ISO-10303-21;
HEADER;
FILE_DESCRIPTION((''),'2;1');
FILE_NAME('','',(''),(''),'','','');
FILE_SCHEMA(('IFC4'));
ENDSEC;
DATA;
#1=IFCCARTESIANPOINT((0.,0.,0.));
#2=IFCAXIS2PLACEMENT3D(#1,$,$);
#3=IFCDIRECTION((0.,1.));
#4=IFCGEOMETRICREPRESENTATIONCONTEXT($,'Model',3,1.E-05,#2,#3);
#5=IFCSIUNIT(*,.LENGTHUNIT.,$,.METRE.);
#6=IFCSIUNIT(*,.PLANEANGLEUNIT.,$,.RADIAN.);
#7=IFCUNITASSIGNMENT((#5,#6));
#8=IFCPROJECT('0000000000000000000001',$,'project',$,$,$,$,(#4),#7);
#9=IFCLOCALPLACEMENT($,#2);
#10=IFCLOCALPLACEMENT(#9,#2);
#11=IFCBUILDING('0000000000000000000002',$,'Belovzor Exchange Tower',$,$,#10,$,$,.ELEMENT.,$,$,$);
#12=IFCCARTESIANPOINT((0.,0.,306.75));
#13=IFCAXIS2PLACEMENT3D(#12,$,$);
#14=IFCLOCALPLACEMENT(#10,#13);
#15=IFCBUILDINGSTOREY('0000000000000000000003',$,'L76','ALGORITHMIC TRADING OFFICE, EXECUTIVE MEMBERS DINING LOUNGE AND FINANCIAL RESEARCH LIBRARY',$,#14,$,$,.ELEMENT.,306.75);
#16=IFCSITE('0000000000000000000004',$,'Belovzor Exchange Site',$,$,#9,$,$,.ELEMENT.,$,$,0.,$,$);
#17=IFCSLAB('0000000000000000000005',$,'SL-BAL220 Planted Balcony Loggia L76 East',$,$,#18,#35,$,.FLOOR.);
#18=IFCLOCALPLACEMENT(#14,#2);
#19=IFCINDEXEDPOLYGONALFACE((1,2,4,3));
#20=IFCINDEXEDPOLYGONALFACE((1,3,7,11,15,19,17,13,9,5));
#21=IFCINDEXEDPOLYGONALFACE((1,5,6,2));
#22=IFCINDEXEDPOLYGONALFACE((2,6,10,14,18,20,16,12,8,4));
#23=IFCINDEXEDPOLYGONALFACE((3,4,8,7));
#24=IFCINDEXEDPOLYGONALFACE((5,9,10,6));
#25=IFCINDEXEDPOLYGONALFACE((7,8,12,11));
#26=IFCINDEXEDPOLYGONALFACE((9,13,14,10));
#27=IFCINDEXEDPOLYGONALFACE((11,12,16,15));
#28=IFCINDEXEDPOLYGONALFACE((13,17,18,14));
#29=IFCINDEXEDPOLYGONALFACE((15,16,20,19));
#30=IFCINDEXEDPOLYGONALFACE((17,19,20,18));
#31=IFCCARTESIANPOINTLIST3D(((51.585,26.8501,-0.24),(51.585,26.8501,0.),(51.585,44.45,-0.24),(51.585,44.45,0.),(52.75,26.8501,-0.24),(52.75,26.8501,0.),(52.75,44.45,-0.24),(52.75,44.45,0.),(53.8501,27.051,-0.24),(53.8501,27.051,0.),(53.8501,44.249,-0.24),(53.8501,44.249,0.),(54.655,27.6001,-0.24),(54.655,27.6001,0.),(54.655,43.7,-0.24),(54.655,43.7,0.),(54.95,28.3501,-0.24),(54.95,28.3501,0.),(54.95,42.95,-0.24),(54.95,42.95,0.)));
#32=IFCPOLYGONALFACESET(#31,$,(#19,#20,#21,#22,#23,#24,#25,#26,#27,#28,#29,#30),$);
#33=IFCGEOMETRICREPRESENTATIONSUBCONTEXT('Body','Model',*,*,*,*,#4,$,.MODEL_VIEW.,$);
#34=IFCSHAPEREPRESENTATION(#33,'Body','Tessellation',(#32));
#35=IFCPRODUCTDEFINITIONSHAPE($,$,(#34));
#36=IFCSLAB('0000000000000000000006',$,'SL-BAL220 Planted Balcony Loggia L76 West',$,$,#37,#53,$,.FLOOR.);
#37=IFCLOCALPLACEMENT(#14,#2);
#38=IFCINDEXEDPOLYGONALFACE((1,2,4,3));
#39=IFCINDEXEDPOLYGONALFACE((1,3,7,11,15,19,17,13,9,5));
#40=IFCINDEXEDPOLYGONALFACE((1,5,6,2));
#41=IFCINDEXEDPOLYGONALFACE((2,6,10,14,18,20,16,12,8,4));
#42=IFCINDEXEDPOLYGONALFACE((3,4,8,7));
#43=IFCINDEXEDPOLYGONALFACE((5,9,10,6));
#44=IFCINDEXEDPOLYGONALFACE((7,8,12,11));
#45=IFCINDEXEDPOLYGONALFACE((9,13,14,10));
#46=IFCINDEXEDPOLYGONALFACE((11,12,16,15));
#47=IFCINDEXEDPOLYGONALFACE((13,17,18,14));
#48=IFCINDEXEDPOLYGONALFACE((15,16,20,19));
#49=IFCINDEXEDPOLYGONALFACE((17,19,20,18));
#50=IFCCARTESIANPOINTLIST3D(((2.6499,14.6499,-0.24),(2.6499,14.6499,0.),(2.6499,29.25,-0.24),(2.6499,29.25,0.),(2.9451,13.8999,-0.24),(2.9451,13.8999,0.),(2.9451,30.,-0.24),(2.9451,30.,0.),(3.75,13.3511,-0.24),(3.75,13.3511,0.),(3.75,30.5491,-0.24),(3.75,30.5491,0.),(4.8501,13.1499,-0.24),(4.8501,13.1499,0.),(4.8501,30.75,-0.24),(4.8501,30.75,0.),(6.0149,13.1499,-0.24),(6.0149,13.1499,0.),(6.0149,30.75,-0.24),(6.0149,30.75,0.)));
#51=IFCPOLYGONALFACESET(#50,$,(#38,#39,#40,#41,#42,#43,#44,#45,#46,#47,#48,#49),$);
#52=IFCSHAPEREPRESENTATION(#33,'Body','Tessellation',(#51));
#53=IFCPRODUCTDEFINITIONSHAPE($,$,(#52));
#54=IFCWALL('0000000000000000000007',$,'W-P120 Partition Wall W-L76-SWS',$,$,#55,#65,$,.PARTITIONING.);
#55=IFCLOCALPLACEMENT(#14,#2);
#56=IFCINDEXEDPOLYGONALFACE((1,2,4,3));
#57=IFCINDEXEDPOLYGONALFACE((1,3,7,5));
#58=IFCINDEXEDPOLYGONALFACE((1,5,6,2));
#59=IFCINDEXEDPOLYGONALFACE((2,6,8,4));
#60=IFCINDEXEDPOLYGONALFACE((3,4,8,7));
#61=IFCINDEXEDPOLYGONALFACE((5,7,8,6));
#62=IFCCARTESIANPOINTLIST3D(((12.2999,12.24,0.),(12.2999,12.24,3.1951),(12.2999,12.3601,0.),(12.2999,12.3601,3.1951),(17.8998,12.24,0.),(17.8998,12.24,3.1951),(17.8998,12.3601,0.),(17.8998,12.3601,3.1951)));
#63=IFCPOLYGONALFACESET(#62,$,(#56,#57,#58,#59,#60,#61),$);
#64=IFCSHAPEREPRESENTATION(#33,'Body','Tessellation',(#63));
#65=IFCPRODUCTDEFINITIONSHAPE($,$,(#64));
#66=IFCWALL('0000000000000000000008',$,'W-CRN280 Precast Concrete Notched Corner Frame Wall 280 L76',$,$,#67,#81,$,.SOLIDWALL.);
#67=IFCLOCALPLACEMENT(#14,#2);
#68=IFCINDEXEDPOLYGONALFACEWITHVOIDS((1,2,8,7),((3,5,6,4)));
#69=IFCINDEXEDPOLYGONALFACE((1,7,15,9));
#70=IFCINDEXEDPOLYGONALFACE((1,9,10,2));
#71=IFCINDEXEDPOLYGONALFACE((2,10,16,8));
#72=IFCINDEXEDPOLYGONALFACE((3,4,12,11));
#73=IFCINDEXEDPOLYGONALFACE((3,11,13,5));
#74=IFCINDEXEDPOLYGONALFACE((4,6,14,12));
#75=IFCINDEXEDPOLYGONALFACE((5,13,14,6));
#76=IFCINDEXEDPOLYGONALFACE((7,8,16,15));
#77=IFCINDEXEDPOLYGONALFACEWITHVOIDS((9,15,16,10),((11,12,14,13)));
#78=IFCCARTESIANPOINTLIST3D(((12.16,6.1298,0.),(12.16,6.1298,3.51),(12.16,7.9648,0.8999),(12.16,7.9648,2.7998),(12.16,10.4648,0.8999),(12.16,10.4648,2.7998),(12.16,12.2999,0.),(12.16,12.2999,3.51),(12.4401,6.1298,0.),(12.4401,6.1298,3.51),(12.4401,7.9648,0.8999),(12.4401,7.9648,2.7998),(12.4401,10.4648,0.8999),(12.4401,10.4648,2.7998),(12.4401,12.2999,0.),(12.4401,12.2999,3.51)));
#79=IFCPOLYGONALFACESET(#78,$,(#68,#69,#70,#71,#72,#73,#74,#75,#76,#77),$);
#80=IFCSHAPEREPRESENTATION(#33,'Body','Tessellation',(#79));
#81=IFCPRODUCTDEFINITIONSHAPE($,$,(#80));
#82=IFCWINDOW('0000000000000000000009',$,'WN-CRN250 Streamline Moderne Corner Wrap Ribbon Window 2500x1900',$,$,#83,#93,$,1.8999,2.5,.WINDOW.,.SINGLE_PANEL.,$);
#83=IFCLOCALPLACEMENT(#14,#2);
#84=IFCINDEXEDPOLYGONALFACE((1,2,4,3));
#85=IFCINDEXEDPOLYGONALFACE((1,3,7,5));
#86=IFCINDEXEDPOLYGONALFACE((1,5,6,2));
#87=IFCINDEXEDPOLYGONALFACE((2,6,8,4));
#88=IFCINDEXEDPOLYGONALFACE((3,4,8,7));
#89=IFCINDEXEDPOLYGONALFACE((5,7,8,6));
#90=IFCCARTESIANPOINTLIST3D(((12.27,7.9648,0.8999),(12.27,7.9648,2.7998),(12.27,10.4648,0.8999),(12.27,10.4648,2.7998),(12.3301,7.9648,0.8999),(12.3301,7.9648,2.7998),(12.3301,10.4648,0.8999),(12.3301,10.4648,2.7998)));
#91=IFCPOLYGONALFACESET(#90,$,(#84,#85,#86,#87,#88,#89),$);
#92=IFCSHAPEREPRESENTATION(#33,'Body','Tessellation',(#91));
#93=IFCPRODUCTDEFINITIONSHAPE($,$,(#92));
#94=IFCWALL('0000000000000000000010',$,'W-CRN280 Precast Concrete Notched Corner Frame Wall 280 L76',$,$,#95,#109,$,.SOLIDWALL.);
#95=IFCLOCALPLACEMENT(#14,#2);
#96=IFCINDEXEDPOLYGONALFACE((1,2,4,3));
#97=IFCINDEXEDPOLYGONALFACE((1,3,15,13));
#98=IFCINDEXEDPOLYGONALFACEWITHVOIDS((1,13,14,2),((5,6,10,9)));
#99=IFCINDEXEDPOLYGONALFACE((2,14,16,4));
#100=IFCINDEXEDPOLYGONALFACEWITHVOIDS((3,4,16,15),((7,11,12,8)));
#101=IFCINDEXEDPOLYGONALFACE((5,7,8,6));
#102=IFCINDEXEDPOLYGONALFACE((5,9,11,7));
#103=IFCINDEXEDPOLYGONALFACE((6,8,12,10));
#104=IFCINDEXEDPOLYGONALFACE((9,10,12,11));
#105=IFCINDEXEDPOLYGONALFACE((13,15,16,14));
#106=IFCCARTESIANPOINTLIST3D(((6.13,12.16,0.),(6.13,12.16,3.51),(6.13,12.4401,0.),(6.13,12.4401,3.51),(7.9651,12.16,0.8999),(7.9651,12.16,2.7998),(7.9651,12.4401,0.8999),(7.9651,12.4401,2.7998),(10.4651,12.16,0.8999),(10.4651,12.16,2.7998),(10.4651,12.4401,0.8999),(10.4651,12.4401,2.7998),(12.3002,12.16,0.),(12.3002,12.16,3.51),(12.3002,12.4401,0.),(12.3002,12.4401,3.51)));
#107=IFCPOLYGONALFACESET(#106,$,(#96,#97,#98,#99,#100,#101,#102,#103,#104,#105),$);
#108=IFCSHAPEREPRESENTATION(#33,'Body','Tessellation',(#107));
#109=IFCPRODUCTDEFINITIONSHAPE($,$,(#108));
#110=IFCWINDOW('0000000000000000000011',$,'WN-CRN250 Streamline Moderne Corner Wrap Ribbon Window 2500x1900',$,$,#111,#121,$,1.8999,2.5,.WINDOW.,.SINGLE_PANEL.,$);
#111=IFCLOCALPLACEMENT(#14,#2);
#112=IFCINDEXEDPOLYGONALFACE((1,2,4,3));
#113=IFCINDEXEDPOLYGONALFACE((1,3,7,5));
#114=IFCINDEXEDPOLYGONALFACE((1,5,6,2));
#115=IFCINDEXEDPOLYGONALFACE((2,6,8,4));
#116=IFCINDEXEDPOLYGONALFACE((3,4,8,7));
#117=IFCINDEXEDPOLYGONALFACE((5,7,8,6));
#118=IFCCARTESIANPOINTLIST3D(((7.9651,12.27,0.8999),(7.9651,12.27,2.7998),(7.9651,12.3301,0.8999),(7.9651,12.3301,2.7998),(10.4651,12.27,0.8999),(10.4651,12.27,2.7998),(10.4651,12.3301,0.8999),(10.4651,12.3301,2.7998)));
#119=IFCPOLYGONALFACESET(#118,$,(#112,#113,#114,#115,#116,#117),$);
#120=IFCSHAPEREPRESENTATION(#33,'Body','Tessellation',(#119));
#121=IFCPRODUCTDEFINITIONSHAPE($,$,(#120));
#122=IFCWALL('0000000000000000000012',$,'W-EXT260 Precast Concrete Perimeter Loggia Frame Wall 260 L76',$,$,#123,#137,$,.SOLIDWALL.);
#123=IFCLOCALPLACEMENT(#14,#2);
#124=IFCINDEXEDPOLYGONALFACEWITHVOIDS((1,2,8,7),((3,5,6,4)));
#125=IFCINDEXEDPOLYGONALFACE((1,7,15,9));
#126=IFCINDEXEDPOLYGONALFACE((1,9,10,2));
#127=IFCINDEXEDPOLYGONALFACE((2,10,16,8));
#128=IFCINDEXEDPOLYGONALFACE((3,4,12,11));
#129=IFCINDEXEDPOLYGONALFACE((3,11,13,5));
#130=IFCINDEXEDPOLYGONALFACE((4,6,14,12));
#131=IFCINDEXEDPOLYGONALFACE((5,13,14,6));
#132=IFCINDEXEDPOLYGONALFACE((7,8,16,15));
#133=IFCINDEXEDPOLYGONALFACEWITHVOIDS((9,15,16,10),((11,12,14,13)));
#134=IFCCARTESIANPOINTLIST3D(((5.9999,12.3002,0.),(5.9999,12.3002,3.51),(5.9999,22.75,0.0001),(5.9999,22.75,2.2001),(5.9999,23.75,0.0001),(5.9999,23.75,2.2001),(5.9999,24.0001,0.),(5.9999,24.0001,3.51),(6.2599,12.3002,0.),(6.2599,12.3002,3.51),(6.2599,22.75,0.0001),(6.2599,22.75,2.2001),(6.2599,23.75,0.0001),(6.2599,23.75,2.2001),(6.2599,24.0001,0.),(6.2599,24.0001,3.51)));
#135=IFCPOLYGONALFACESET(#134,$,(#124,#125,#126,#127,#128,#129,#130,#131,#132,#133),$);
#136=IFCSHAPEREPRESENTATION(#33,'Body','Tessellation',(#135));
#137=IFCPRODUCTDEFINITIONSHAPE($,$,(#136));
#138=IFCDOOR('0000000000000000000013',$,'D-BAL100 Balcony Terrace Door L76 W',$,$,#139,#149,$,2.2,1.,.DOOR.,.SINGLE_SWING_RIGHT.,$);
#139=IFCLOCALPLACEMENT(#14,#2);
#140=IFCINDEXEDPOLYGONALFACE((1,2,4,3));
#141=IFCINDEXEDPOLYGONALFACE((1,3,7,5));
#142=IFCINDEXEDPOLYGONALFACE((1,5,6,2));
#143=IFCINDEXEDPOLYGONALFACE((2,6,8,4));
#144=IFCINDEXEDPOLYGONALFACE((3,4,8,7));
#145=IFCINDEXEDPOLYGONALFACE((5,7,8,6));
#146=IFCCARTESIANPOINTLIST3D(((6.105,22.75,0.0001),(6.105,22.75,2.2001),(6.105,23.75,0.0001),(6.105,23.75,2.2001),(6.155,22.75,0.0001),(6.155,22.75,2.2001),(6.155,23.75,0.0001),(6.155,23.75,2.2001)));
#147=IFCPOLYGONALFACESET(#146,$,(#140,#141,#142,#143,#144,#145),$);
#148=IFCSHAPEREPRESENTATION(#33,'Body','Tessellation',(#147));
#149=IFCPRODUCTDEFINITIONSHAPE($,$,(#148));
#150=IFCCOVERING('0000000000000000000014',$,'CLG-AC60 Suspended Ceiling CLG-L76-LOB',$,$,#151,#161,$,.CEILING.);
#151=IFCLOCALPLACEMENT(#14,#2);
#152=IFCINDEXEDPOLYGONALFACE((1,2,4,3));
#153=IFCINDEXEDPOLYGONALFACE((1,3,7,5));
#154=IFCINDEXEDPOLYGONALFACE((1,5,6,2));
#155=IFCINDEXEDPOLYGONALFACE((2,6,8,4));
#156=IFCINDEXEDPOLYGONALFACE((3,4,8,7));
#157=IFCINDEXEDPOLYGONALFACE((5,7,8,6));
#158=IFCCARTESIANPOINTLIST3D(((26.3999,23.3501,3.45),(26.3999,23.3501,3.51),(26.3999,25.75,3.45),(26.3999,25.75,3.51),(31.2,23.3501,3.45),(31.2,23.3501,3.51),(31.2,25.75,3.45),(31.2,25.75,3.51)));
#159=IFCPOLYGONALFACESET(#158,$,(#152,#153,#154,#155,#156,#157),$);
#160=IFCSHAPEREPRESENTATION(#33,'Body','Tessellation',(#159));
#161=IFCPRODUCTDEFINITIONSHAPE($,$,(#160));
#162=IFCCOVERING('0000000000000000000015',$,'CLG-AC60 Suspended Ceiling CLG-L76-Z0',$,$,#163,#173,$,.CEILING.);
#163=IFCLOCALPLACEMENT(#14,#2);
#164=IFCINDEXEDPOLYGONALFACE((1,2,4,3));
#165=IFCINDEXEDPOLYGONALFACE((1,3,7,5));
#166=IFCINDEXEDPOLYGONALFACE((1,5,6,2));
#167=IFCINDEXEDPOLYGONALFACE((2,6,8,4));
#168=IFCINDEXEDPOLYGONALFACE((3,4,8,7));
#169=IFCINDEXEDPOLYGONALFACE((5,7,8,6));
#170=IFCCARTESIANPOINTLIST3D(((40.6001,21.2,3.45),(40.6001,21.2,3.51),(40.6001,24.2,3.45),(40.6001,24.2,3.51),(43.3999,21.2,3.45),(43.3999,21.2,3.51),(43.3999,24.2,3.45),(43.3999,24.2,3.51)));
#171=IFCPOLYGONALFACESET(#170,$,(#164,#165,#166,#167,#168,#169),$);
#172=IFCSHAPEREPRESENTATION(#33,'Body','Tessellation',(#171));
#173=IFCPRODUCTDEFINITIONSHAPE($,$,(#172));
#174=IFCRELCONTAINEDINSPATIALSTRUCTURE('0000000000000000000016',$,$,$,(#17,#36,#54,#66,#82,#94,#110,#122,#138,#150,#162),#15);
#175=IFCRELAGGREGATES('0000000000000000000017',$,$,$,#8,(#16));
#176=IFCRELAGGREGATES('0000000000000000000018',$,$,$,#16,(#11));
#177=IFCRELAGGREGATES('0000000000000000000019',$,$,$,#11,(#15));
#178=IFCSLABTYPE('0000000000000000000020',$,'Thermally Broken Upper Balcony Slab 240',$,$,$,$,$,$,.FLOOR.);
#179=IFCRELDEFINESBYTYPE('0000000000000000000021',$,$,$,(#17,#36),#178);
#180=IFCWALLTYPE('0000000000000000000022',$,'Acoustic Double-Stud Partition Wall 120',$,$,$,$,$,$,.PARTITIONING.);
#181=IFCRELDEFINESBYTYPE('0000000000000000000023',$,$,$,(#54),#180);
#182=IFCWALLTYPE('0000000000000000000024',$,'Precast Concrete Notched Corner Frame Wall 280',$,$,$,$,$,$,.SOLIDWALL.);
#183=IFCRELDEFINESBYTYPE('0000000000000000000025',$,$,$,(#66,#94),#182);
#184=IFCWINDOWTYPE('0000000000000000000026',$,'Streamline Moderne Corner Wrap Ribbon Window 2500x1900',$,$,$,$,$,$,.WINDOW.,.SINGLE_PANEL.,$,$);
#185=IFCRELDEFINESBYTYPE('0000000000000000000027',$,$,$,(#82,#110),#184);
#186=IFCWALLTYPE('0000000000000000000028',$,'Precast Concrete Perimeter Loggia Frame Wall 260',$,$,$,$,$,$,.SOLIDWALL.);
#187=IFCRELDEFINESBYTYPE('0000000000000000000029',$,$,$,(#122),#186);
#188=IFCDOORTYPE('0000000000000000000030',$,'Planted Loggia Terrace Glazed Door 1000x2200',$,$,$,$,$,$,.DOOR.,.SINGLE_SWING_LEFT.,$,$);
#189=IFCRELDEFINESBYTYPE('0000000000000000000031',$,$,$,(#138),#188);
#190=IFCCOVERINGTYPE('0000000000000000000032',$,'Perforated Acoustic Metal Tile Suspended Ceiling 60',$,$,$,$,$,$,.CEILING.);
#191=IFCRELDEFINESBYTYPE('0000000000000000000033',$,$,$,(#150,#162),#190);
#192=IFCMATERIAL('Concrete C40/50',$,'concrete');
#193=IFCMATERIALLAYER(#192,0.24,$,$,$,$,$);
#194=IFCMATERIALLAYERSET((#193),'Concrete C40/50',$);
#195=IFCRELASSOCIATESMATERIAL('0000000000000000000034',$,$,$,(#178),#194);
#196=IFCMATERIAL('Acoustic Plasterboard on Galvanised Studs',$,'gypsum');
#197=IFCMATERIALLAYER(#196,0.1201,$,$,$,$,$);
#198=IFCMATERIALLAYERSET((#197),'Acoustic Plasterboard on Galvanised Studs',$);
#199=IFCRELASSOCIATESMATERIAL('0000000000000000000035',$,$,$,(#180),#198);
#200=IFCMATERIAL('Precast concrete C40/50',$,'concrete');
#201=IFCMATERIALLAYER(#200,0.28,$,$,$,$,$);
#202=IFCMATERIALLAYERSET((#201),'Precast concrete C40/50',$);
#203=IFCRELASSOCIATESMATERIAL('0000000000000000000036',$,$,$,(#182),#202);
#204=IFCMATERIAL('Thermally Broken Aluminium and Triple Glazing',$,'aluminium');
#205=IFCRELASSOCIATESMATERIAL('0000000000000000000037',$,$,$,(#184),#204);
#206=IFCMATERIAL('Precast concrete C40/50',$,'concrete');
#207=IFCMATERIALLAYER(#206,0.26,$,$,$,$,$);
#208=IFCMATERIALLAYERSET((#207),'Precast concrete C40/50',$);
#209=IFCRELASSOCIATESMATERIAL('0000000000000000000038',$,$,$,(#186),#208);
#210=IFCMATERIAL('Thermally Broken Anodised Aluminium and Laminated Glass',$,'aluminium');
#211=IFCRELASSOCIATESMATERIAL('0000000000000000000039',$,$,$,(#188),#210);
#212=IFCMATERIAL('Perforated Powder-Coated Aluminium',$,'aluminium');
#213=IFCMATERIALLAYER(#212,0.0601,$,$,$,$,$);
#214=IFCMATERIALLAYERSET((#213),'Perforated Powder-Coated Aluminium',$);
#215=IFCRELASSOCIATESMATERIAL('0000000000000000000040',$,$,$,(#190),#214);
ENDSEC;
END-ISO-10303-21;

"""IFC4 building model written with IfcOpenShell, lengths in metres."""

from ifc_helpers import new_model, si_unit, direction, frame, frame_2d, origin, place, context, subcontext, project, spatial, polyline, rectangle, outline, extrude, material, layer, layer_set, type_object, element, fill, save


model = new_model("IFC4")

# Units and contexts
model_context = context("Model", 3, precision=1e-05, world=origin(), true_north=direction((0.0, 1.0)))
body_context = subcontext(model_context, "Body", "Model", "MODEL_VIEW")
ifc_project = project(units=[si_unit("LENGTHUNIT", "METRE"), si_unit("PLANEANGLEUNIT", "RADIAN")], contexts=[model_context])

# Site, building, storey
site_placement = place(None, origin())
site = spatial("IfcSite", under=ifc_project, at=site_placement, Name="Belovzor Exchange Site", CompositionType="ELEMENT", RefElevation=0.0)
building_placement = place(site_placement, origin())
building = spatial("IfcBuilding", under=site, at=building_placement, Name="Belovzor Exchange Tower", CompositionType="ELEMENT")
storey_placement = place(building_placement, frame((0.0, 0.0, 306.75)))
storey = spatial("IfcBuildingStorey", under=building, at=storey_placement, Name="L76", Description="ALGORITHMIC TRADING OFFICE, EXECUTIVE MEMBERS DINING LOUNGE AND FINANCIAL RESEARCH LIBRARY", CompositionType="ELEMENT", Elevation=306.75)

# Slabs
ifc_material_1 = material(Name="Concrete C40/50", Category="concrete")
ifc_layer_1 = layer(ifc_material_1, 0.24)
ifc_layer_set_1 = layer_set([ifc_layer_1], Name="Concrete C40/50")
slab_type_1 = type_object("IfcSlabType", Name="Thermally Broken Upper Balcony Slab 240", PredefinedType="FLOOR", material=ifc_layer_set_1)
slab_1_placement = place(storey_placement, frame((0.0, 0.0, -0.24)))
element("IfcSlab", 1, at=slab_1_placement, inside=storey, type_object=slab_type_1, Name="SL-BAL220 Planted Balcony Loggia L76 East", PredefinedType="FLOOR", context=body_context, shape_type="SweptSolid", body=[
    extrude(outline(polyline([(51.585, 26.8501), (52.75, 26.8501), (53.8501, 27.051), (54.655, 27.6001), (54.95, 28.3501), (54.95, 42.95), (54.655, 43.7), (53.8501, 44.249), (52.75, 44.45), (51.585, 44.45), (51.585, 26.8501)])), origin(), (0.0, 0.0, 1.0), 0.24),
])
slab_2_placement = place(storey_placement, frame((0.0, 0.0, -0.24)))
element("IfcSlab", 2, at=slab_2_placement, inside=storey, type_object=slab_type_1, Name="SL-BAL220 Planted Balcony Loggia L76 West", PredefinedType="FLOOR", context=body_context, shape_type="SweptSolid", body=[
    extrude(outline(polyline([(6.0149, 30.75), (4.8501, 30.75), (3.75, 30.5491), (2.9451, 30.0), (2.6499, 29.25), (2.6499, 14.6499), (2.9451, 13.8999), (3.75, 13.3511), (4.8501, 13.1499), (6.0149, 13.1499), (6.0149, 30.75)])), origin(), (0.0, 0.0, 1.0), 0.24),
])

# Wall
ifc_material_2 = material(Name="Acoustic Plasterboard on Galvanised Studs", Category="gypsum")
ifc_layer_2 = layer(ifc_material_2, 0.1201)
ifc_layer_set_2 = layer_set([ifc_layer_2], Name="Acoustic Plasterboard on Galvanised Studs")
wall_type_1 = type_object("IfcWallType", Name="Acoustic Double-Stud Partition Wall 120", PredefinedType="PARTITIONING", material=ifc_layer_set_2)
wall_1_placement = place(storey_placement, frame((12.3, 12.3, 0.0), z_axis=(0.0, 0.0, 1.0), x_axis=(1.0, 0.0, 0.0)))
element("IfcWall", 3, at=wall_1_placement, inside=storey, type_object=wall_type_1, Name="W-P120 Partition Wall W-L76-SWS", PredefinedType="PARTITIONING", context=body_context, shape_type="SweptSolid", body=[
    extrude(rectangle(XDim=5.5999, YDim=0.1201, at=frame_2d((2.7998, 0.0))), origin(), (0.0, 0.0, 1.0), 3.1951),
])

# Walls, openings, windows
ifc_material_3 = material(Name="Precast concrete C40/50", Category="concrete")
ifc_layer_3 = layer(ifc_material_3, 0.28)
ifc_layer_set_3 = layer_set([ifc_layer_3], Name="Precast concrete C40/50")
wall_type_2 = type_object("IfcWallType", Name="Precast Concrete Notched Corner Frame Wall 280", PredefinedType="SOLIDWALL", material=ifc_layer_set_3)
wall_2_placement = place(storey_placement, frame((12.3, 6.1299, 0.0), z_axis=(0.0, 0.0, 1.0), x_axis=(0.0, 1.0, 0.0)))
wall_2 = element("IfcWall", 4, at=wall_2_placement, inside=storey, type_object=wall_type_2, Name="W-CRN280 Precast Concrete Notched Corner Frame Wall 280 L76", PredefinedType="SOLIDWALL", context=body_context, shape_type="SweptSolid", body=[
    extrude(rectangle(XDim=6.1702, YDim=0.28, at=frame_2d((3.085, 0.0))), origin(), (0.0, 0.0, 1.0), 3.51),
])
opening_1_placement = place(wall_2_placement, frame((1.835, 0.0, 0.8999)))
opening_1 = element("IfcOpeningElement", 5, at=opening_1_placement, cuts=wall_2, PredefinedType="OPENING", context=body_context, shape_type="SweptSolid", body=[
    extrude(rectangle(XDim=2.5, YDim=1.8999, at=frame_2d((1.25, 0.95))), frame((0.0, 0.1499, 0.0), z_axis=(0.0, -1.0, 0.0), x_axis=(1.0, 0.0, 0.0)), (0.0, 0.0, 1.0), 0.3),
])
ifc_material_4 = material(Name="Thermally Broken Aluminium and Triple Glazing", Category="aluminium")
window_type = type_object("IfcWindowType", Name="Streamline Moderne Corner Wrap Ribbon Window 2500x1900", PartitioningType="SINGLE_PANEL", PredefinedType="WINDOW", material=ifc_material_4)
window_1_placement = place(opening_1_placement, origin())
window_1 = element("IfcWindow", 6, at=window_1_placement, inside=storey, type_object=window_type, Name="WN-CRN250 Streamline Moderne Corner Wrap Ribbon Window 2500x1900", OverallHeight=1.8999, OverallWidth=2.5, PartitioningType="SINGLE_PANEL", PredefinedType="WINDOW", context=body_context, shape_type="SweptSolid", body=[
    extrude(rectangle(XDim=2.5, YDim=1.8999, at=frame_2d((1.25, 0.95))), frame((0.0, 0.03, 0.0), z_axis=(0.0, -1.0, 0.0), x_axis=(1.0, 0.0, 0.0)), (0.0, 0.0, 1.0), 0.0601),
])
fill(opening_1, window_1)
wall_3_placement = place(storey_placement, frame((12.3, 12.3, 0.0), z_axis=(0.0, 0.0, 1.0), x_axis=(-1.0, 0.0, 0.0)))
wall_3 = element("IfcWall", 7, at=wall_3_placement, inside=storey, type_object=wall_type_2, Name="W-CRN280 Precast Concrete Notched Corner Frame Wall 280 L76", PredefinedType="SOLIDWALL", context=body_context, shape_type="SweptSolid", body=[
    extrude(rectangle(XDim=6.1702, YDim=0.28, at=frame_2d((3.085, 0.0))), origin(), (0.0, 0.0, 1.0), 3.51),
])
opening_2_placement = place(wall_3_placement, frame((1.835, 0.0, 0.8999)))
opening_2 = element("IfcOpeningElement", 8, at=opening_2_placement, cuts=wall_3, PredefinedType="OPENING", context=body_context, shape_type="SweptSolid", body=[
    extrude(rectangle(XDim=2.5, YDim=1.8999, at=frame_2d((1.25, 0.95))), frame((0.0, 0.1499, 0.0), z_axis=(0.0, -1.0, 0.0), x_axis=(1.0, 0.0, 0.0)), (0.0, 0.0, 1.0), 0.3),
])
window_2_placement = place(opening_2_placement, origin())
window_2 = element("IfcWindow", 9, at=window_2_placement, inside=storey, type_object=window_type, Name="WN-CRN250 Streamline Moderne Corner Wrap Ribbon Window 2500x1900", OverallHeight=1.8999, OverallWidth=2.5, PartitioningType="SINGLE_PANEL", PredefinedType="WINDOW", context=body_context, shape_type="SweptSolid", body=[
    extrude(rectangle(XDim=2.5, YDim=1.8999, at=frame_2d((1.25, 0.95))), frame((0.0, 0.03, 0.0), z_axis=(0.0, -1.0, 0.0), x_axis=(1.0, 0.0, 0.0)), (0.0, 0.0, 1.0), 0.0601),
])
fill(opening_2, window_2)

# Wall, opening, door
ifc_material_5 = material(Name="Precast concrete C40/50", Category="concrete")
ifc_layer_4 = layer(ifc_material_5, 0.26)
ifc_layer_set_4 = layer_set([ifc_layer_4], Name="Precast concrete C40/50")
wall_type_3 = type_object("IfcWallType", Name="Precast Concrete Perimeter Loggia Frame Wall 260", PredefinedType="SOLIDWALL", material=ifc_layer_set_4)
wall_4_placement = place(storey_placement, frame((6.1299, 12.3, 0.0), z_axis=(0.0, 0.0, 1.0), x_axis=(0.0, 1.0, 0.0)))
wall_4 = element("IfcWall", 10, at=wall_4_placement, inside=storey, type_object=wall_type_3, Name="W-EXT260 Precast Concrete Perimeter Loggia Frame Wall 260 L76", PredefinedType="SOLIDWALL", context=body_context, shape_type="SweptSolid", body=[
    extrude(rectangle(XDim=11.7, YDim=0.26, at=frame_2d((5.8501, 0.0))), origin(), (0.0, 0.0, 1.0), 3.51),
])
opening_3_placement = place(wall_4_placement, frame((10.45, 0.0, 0.0)))
opening_3 = element("IfcOpeningElement", 11, at=opening_3_placement, cuts=wall_4, PredefinedType="OPENING", context=body_context, shape_type="SweptSolid", body=[
    extrude(rectangle(XDim=1.0, YDim=2.2, at=frame_2d((0.5, 1.1001))), frame((0.0, 0.1399, 0.0), z_axis=(0.0, -1.0, 0.0), x_axis=(1.0, 0.0, 0.0)), (0.0, 0.0, 1.0), 0.28),
])
ifc_material_6 = material(Name="Thermally Broken Anodised Aluminium and Laminated Glass", Category="aluminium")
door_type = type_object("IfcDoorType", Name="Planted Loggia Terrace Glazed Door 1000x2200", OperationType="SINGLE_SWING_LEFT", PredefinedType="DOOR", material=ifc_material_6)
door_placement = place(opening_3_placement, origin())
door = element("IfcDoor", 12, at=door_placement, inside=storey, type_object=door_type, Name="D-BAL100 Balcony Terrace Door L76 W", OperationType="SINGLE_SWING_RIGHT", OverallHeight=2.2, OverallWidth=1.0, PredefinedType="DOOR", context=body_context, shape_type="SweptSolid", body=[
    extrude(rectangle(XDim=1.0, YDim=2.2, at=frame_2d((0.5, 1.1001))), frame((0.0, 0.0249, 0.0), z_axis=(0.0, -1.0, 0.0), x_axis=(1.0, 0.0, 0.0)), (0.0, 0.0, 1.0), 0.05),
])
fill(opening_3, door)

# Coverings
ifc_material_7 = material(Name="Perforated Powder-Coated Aluminium", Category="aluminium")
ifc_layer_5 = layer(ifc_material_7, 0.0601)
ifc_layer_set_5 = layer_set([ifc_layer_5], Name="Perforated Powder-Coated Aluminium")
covering_type_1 = type_object("IfcCoveringType", Name="Perforated Acoustic Metal Tile Suspended Ceiling 60", PredefinedType="CEILING", material=ifc_layer_set_5)
covering_1_placement = place(storey_placement, frame((0.0, 0.0, 3.45)))
element("IfcCovering", 13, at=covering_1_placement, inside=storey, type_object=covering_type_1, Name="CLG-AC60 Suspended Ceiling CLG-L76-LOB", PredefinedType="CEILING", context=body_context, shape_type="SweptSolid", body=[
    extrude(outline(polyline([(26.3999, 23.3501), (31.2, 23.3501), (31.2, 25.75), (26.3999, 25.75), (26.3999, 23.3501)])), origin(), (0.0, 0.0, 1.0), 0.0601),
])
covering_2_placement = place(storey_placement, frame((0.0, 0.0, 3.45)))
element("IfcCovering", 14, at=covering_2_placement, inside=storey, type_object=covering_type_1, Name="CLG-AC60 Suspended Ceiling CLG-L76-Z0", PredefinedType="CEILING", context=body_context, shape_type="SweptSolid", body=[
    extrude(outline(polyline([(40.6001, 21.2), (43.3999, 21.2), (43.3999, 24.2), (40.6001, 24.2), (40.6001, 21.2)])), origin(), (0.0, 0.0, 1.0), 0.0601),
])

save(model, "model.ifc")
